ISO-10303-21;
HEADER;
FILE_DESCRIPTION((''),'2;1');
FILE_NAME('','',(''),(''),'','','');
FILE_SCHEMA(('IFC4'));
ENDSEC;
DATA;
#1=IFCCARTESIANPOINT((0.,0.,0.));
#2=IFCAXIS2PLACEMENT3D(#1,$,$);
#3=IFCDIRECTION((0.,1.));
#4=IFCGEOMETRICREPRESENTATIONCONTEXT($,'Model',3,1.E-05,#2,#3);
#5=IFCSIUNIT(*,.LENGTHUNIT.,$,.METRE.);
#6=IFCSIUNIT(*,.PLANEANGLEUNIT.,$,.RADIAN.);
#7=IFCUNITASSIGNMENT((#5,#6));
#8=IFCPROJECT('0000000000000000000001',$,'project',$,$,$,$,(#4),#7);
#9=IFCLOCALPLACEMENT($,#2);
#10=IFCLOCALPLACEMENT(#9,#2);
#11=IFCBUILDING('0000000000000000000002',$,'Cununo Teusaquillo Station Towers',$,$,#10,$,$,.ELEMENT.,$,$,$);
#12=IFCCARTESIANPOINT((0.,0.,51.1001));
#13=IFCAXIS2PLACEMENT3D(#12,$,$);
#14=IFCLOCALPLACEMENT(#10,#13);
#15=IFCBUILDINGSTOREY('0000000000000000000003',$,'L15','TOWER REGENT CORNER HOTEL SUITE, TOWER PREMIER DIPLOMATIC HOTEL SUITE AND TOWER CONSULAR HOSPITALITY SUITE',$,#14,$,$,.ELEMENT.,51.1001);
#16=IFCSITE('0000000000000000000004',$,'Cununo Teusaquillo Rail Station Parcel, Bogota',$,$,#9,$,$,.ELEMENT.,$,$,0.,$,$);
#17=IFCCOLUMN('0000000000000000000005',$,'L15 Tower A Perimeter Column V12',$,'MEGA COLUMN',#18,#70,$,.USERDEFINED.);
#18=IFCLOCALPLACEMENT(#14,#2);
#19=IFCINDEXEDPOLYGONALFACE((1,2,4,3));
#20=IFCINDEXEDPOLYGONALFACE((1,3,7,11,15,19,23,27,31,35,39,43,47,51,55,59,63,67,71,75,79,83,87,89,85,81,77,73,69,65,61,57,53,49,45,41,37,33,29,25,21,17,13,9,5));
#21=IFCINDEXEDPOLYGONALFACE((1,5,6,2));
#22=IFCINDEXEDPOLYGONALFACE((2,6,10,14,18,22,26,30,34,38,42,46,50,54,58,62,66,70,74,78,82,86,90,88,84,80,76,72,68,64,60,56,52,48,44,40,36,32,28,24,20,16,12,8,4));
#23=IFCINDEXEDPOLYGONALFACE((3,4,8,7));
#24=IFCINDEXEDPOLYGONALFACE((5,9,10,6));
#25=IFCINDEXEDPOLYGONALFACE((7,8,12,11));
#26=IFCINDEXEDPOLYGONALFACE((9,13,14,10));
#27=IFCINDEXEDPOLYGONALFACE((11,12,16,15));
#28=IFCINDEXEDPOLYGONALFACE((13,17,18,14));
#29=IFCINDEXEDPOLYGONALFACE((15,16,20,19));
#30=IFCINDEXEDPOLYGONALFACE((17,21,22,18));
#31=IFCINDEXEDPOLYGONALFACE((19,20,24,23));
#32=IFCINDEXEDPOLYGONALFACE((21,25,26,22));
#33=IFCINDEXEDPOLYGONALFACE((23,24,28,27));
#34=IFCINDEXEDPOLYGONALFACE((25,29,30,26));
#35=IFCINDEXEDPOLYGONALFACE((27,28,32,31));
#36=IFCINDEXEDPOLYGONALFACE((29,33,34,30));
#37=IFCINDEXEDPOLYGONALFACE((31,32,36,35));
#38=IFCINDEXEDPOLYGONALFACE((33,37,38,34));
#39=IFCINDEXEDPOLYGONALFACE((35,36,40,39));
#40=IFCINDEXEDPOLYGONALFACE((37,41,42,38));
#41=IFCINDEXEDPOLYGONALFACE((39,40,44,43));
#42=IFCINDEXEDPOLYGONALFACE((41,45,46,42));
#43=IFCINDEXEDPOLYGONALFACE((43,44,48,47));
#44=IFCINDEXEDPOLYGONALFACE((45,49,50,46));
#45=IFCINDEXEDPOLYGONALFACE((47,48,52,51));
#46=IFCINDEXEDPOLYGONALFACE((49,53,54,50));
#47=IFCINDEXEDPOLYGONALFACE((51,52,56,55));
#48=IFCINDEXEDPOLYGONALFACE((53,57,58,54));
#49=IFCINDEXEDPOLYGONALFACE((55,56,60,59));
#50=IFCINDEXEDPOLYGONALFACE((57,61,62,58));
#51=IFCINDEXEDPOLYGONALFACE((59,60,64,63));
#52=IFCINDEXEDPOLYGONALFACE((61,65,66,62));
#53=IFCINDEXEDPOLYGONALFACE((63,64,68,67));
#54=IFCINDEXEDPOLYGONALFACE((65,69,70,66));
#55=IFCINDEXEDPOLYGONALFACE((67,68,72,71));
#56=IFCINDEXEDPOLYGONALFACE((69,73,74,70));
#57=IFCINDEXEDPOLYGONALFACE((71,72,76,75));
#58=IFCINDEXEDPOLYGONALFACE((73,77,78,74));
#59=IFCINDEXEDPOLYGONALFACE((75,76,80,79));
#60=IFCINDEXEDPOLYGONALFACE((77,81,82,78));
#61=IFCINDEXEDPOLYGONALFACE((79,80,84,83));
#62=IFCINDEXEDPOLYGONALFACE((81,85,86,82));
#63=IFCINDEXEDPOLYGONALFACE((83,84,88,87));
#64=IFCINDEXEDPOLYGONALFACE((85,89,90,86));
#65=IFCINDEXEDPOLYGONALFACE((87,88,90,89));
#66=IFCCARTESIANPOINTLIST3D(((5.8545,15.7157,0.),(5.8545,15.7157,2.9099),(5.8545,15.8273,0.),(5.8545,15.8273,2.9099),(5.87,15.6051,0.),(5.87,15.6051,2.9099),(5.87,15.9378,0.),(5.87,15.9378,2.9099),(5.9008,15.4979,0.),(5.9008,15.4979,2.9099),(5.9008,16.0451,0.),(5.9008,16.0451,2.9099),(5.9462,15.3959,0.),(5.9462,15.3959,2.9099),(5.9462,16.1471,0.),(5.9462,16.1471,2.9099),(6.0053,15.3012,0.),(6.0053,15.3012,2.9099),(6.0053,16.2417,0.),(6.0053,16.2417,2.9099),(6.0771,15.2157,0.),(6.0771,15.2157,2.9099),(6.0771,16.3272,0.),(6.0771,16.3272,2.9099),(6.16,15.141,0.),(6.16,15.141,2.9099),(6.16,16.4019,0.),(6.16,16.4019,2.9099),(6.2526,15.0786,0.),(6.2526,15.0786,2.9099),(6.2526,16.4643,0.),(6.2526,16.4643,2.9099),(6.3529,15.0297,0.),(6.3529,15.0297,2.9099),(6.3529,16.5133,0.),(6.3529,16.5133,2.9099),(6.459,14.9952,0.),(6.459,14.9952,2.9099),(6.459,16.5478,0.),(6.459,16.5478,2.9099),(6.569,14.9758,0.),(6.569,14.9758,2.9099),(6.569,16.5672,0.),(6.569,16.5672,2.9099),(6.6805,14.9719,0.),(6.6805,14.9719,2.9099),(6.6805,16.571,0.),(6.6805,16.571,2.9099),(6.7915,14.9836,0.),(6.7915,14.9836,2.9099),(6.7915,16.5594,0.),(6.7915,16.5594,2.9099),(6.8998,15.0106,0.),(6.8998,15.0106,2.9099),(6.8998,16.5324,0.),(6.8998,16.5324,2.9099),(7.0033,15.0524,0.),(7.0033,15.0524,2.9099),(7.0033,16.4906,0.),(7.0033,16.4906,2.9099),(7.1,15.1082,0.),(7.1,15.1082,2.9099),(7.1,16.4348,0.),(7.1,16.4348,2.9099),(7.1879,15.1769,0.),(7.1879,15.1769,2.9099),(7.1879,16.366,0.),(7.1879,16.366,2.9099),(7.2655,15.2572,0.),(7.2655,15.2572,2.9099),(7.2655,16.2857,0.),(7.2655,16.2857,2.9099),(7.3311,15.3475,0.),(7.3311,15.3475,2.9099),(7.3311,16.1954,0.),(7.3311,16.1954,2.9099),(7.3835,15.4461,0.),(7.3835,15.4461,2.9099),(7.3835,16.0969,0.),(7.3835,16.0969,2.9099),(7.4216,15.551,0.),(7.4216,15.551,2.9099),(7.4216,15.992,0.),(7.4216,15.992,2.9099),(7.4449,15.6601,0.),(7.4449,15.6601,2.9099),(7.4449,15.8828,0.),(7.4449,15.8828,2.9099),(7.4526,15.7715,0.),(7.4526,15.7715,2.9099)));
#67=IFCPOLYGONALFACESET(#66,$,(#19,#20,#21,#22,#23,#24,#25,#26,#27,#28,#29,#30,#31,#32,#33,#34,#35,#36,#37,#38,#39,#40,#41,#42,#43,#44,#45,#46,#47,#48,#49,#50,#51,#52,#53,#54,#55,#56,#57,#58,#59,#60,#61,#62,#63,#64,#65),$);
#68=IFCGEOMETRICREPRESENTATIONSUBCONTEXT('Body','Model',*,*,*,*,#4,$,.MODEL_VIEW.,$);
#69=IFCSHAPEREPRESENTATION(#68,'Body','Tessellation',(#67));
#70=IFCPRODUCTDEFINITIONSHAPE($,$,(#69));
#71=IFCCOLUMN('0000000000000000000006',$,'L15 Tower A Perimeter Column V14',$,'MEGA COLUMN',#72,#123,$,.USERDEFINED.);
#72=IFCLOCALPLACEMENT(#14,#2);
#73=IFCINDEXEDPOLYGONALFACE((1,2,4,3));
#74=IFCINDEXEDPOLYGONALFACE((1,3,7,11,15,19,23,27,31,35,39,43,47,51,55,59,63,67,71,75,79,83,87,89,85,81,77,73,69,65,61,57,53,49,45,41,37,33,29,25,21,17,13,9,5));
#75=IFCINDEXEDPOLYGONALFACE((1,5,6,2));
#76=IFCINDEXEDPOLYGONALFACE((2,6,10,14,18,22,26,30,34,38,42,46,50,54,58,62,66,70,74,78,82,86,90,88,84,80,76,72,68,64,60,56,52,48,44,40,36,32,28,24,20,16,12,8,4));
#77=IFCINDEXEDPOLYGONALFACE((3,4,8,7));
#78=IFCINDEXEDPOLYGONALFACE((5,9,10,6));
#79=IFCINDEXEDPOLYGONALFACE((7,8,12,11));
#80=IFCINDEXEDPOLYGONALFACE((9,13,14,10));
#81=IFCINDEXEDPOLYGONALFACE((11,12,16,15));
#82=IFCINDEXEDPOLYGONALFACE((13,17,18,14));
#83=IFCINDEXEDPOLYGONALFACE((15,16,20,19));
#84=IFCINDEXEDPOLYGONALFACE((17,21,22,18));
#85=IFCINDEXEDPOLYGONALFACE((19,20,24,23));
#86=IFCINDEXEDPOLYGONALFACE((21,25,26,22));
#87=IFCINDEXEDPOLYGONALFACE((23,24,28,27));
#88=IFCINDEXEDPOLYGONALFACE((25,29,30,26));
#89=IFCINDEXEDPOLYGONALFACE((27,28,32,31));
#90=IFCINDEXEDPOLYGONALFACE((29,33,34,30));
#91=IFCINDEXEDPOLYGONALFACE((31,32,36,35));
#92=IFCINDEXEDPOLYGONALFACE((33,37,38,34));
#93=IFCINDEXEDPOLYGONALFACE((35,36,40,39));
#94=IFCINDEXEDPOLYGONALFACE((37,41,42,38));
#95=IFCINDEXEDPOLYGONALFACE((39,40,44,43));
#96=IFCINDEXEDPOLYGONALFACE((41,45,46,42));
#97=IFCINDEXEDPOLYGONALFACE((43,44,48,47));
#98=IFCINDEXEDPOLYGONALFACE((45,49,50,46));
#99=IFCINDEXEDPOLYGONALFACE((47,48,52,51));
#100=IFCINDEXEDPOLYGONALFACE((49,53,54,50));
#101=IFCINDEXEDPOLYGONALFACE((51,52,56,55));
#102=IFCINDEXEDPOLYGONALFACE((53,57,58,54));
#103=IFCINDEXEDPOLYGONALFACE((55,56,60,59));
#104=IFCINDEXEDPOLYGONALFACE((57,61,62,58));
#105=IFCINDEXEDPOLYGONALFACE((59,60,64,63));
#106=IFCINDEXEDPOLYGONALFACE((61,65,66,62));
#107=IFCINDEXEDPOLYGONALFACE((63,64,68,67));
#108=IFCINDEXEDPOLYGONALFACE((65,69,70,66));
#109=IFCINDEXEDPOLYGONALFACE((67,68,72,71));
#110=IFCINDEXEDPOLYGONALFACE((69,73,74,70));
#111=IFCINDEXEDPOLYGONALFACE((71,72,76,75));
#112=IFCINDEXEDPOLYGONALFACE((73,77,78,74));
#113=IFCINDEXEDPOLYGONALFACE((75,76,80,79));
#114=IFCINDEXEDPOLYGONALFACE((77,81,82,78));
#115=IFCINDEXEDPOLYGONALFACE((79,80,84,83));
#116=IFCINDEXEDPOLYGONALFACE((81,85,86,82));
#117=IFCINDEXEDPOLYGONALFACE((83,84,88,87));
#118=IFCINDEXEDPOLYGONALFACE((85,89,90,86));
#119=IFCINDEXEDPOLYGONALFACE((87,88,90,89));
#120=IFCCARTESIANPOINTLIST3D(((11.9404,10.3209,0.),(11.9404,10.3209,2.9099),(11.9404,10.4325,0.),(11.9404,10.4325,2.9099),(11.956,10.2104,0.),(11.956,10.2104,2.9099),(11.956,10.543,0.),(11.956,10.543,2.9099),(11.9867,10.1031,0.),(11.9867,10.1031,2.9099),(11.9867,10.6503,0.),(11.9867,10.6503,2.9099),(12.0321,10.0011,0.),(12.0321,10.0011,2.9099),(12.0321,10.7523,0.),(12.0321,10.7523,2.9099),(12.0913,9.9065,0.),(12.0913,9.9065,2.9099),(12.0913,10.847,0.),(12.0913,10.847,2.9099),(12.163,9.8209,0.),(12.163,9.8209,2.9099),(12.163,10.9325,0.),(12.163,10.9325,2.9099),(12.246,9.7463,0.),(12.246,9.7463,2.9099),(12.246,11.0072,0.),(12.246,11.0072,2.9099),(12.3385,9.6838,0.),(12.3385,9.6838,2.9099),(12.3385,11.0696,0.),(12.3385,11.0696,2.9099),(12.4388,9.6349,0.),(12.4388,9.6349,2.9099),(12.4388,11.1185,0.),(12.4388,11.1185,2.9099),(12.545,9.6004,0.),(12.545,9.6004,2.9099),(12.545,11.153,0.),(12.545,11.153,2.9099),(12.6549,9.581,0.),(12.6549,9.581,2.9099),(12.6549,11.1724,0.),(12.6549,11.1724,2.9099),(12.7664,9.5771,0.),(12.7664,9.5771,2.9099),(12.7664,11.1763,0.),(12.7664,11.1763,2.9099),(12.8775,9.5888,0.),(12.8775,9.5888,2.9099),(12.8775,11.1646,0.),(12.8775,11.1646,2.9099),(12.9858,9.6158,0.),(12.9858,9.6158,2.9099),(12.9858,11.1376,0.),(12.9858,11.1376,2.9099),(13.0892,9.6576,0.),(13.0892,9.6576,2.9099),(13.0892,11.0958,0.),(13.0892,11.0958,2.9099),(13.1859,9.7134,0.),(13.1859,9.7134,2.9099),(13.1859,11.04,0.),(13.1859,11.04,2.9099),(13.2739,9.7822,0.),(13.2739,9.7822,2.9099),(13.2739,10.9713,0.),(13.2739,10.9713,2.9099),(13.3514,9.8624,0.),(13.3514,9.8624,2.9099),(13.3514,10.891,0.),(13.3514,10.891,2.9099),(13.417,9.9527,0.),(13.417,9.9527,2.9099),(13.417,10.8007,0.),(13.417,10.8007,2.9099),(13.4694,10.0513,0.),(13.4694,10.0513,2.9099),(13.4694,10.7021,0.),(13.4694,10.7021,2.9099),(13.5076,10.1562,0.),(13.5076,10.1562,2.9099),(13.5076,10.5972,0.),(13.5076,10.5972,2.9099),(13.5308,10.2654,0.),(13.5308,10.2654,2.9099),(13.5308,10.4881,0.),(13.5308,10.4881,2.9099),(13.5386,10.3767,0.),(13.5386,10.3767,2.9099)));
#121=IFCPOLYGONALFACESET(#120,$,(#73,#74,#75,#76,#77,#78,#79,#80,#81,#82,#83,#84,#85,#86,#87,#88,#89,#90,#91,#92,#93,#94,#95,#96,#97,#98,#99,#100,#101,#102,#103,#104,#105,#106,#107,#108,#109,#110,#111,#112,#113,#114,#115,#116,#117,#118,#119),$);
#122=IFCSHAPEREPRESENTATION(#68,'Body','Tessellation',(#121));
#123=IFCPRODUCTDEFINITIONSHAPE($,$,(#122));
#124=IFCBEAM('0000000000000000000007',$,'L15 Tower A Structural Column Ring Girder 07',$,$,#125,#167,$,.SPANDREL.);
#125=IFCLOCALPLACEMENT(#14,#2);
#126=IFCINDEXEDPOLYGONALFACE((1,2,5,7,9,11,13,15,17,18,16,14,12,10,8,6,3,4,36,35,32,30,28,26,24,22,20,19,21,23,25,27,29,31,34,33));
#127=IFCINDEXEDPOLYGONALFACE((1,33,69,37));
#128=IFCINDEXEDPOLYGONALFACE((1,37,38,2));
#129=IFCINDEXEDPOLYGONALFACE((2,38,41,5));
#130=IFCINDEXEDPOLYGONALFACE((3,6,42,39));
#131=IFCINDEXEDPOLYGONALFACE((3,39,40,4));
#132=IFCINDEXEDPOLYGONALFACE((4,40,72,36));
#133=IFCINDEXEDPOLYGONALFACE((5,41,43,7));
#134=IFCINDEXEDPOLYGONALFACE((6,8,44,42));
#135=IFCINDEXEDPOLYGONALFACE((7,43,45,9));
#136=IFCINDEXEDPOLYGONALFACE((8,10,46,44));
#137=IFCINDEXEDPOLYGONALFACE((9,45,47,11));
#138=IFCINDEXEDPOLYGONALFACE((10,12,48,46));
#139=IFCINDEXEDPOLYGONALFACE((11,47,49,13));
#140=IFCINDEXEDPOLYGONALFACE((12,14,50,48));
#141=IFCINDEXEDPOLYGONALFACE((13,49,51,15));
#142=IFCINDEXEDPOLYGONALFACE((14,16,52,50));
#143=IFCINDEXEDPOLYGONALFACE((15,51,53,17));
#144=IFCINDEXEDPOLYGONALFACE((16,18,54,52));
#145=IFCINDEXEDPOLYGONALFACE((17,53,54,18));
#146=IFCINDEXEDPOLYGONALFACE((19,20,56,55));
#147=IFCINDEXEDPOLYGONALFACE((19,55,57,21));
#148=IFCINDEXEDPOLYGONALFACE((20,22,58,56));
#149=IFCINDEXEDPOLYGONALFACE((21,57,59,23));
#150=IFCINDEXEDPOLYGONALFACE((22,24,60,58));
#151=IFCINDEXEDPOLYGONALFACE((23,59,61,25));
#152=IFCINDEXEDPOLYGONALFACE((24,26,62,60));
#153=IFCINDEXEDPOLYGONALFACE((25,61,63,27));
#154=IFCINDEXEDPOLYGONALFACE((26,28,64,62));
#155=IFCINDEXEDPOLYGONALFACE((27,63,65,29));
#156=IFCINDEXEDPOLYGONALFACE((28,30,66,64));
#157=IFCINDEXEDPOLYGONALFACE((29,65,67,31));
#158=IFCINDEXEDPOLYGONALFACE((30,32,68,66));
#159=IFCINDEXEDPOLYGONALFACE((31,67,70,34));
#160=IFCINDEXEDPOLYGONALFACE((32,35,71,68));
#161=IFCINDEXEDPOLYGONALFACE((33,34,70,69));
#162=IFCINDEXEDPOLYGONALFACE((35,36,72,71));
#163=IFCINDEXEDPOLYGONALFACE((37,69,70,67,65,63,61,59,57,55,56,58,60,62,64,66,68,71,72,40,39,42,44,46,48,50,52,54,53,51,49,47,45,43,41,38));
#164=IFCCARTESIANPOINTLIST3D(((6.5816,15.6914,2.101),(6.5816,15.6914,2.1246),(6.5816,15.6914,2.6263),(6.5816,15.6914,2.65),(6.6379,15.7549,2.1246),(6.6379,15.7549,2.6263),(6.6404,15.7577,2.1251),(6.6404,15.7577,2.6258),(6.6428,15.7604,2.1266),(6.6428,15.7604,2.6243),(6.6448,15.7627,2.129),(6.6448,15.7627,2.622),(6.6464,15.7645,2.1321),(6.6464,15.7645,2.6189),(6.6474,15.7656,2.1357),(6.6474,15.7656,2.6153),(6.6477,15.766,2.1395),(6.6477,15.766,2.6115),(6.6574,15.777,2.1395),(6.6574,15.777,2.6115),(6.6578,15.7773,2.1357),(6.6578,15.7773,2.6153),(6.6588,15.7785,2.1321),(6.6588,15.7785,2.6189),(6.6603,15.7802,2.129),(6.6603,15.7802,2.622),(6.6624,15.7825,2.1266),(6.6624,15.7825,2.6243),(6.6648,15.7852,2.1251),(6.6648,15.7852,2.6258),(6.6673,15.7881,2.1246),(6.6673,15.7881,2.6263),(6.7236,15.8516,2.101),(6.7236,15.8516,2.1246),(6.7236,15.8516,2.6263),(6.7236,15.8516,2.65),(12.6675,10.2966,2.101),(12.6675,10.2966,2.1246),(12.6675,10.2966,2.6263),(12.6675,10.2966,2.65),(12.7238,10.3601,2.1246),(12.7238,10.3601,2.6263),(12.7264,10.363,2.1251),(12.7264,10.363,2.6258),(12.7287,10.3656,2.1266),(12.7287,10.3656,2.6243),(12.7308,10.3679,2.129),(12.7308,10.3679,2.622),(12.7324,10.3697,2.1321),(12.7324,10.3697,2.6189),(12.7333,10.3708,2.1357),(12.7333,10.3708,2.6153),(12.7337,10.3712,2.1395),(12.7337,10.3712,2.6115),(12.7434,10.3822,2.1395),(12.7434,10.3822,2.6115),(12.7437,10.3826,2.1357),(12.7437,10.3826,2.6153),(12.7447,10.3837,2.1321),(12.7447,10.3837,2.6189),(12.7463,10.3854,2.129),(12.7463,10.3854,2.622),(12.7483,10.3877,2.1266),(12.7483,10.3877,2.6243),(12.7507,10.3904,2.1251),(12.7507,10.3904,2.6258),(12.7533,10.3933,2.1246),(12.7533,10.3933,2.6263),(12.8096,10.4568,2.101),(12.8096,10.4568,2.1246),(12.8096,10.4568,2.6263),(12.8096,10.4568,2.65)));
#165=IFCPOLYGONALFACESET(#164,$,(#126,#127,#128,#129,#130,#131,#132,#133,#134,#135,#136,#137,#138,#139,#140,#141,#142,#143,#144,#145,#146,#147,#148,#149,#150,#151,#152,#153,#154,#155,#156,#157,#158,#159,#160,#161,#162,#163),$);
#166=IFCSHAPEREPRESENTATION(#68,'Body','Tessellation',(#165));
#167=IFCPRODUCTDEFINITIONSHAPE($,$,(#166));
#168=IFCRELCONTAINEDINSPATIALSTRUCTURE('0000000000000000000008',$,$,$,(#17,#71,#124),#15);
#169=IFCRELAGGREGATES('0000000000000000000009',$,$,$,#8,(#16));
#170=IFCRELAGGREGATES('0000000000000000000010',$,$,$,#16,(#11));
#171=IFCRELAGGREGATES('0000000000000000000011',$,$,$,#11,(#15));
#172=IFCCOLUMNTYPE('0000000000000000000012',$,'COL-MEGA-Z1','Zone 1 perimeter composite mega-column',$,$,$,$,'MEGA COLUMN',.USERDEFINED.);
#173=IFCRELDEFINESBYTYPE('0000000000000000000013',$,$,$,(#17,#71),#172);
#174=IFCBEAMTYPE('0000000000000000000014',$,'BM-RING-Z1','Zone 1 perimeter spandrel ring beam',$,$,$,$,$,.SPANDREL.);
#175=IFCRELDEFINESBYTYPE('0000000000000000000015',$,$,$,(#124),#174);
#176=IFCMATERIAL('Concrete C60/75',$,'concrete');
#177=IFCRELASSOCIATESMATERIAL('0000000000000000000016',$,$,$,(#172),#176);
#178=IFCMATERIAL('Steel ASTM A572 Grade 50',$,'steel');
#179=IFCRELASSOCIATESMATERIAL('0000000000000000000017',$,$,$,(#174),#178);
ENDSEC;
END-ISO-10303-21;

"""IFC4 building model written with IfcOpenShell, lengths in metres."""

from ifc_helpers import new_model, si_unit, direction, frame, origin, origin_2d, place, context, subcontext, project, spatial, circle, i_section, extrude, material, material_profile, profile_set, type_object, element, save


model = new_model("IFC4")

# Units and contexts
model_context = context("Model", 3, precision=1e-05, world=origin(), true_north=direction((0.0, 1.0)))
body_context = subcontext(model_context, "Body", "Model", "MODEL_VIEW")
ifc_project = project(units=[si_unit("LENGTHUNIT", "METRE"), si_unit("PLANEANGLEUNIT", "RADIAN")], contexts=[model_context])

# Site, building, storey
site_placement = place(None, origin())
site = spatial("IfcSite", under=ifc_project, at=site_placement, Name="Cununo Teusaquillo Rail Station Parcel, Bogota", CompositionType="ELEMENT", RefElevation=0.0)
building_placement = place(site_placement, origin())
building = spatial("IfcBuilding", under=site, at=building_placement, Name="Cununo Teusaquillo Station Towers", CompositionType="ELEMENT")
storey_placement = place(building_placement, frame((0.0, 0.0, 51.1001)))
storey = spatial("IfcBuildingStorey", under=building, at=storey_placement, Name="L15", Description="TOWER REGENT CORNER HOTEL SUITE, TOWER PREMIER DIPLOMATIC HOTEL SUITE AND TOWER CONSULAR HOSPITALITY SUITE", CompositionType="ELEMENT", Elevation=51.1001)

# Columns
ifc_material_1 = material(Name="Concrete C60/75", Category="concrete")
ifc_material_profile_1 = material_profile(ifc_material_1, circle(Radius=0.8, at=origin_2d()), Name="RC-CIRC-1600")
ifc_profile_set_1 = profile_set([ifc_material_profile_1], Name="Concrete C60/75")
column_type = type_object("IfcColumnType", Name="COL-MEGA-Z1", Description="Zone 1 perimeter composite mega-column", ElementType="MEGA COLUMN", PredefinedType="USERDEFINED", material=ifc_profile_set_1)
for number, where, z_axis, x_axis, name in (
    (1, (6.6526, 15.7715, 0.0), (0.0, 0.0, 1.0), (1.0, 0.0, 0.0), "L15 Tower A Perimeter Column V12"),
    (2, (12.7385, 10.3767, 0.0), (0.0, 0.0, 1.0), (1.0, 0.0, 0.0), "L15 Tower A Perimeter Column V14"),
):
    element("IfcColumn", number, at=place(storey_placement, frame(where, z_axis=z_axis, x_axis=x_axis)), inside=storey, type_object=column_type, Name=name, ObjectType="MEGA COLUMN", PredefinedType="USERDEFINED", context=body_context, shape_type="SweptSolid", body=[
        extrude(circle(Radius=0.8, at=origin_2d()), origin(), (0.0, 0.0, 1.0), 2.9099),
    ])

# Beam
ifc_material_2 = material(Name="Steel ASTM A572 Grade 50", Category="steel")
ifc_material_profile_2 = material_profile(ifc_material_2, i_section(OverallWidth=0.2141, OverallDepth=0.5491, WebThickness=0.0146, FlangeThickness=0.0237, FilletRadius=0.0149, at=origin_2d()), Name="W21X93")
ifc_profile_set_2 = profile_set([ifc_material_profile_2], Name="Steel ASTM A572 Grade 50")
beam_type = type_object("IfcBeamType", Name="BM-RING-Z1", Description="Zone 1 perimeter spandrel ring beam", PredefinedType="SPANDREL", material=ifc_profile_set_2)
beam_1_placement = place(storey_placement, frame((6.6526, 15.7715, 2.3755), z_axis=(0.748321, -0.663337, 0.0), x_axis=(0.663337, 0.748321, 0.0)))
element("IfcBeam", 3, at=beam_1_placement, inside=storey, type_object=beam_type, Name="L15 Tower A Structural Column Ring Girder 07", PredefinedType="SPANDREL", context=body_context, shape_type="SweptSolid", body=[
    extrude(i_section(OverallWidth=0.2141, OverallDepth=0.5491, WebThickness=0.0146, FlangeThickness=0.0237, FilletRadius=0.0149, at=origin_2d()), origin(), (0.0, 0.0, 1.0), 8.1328),
])

save(model, "model.ifc")
